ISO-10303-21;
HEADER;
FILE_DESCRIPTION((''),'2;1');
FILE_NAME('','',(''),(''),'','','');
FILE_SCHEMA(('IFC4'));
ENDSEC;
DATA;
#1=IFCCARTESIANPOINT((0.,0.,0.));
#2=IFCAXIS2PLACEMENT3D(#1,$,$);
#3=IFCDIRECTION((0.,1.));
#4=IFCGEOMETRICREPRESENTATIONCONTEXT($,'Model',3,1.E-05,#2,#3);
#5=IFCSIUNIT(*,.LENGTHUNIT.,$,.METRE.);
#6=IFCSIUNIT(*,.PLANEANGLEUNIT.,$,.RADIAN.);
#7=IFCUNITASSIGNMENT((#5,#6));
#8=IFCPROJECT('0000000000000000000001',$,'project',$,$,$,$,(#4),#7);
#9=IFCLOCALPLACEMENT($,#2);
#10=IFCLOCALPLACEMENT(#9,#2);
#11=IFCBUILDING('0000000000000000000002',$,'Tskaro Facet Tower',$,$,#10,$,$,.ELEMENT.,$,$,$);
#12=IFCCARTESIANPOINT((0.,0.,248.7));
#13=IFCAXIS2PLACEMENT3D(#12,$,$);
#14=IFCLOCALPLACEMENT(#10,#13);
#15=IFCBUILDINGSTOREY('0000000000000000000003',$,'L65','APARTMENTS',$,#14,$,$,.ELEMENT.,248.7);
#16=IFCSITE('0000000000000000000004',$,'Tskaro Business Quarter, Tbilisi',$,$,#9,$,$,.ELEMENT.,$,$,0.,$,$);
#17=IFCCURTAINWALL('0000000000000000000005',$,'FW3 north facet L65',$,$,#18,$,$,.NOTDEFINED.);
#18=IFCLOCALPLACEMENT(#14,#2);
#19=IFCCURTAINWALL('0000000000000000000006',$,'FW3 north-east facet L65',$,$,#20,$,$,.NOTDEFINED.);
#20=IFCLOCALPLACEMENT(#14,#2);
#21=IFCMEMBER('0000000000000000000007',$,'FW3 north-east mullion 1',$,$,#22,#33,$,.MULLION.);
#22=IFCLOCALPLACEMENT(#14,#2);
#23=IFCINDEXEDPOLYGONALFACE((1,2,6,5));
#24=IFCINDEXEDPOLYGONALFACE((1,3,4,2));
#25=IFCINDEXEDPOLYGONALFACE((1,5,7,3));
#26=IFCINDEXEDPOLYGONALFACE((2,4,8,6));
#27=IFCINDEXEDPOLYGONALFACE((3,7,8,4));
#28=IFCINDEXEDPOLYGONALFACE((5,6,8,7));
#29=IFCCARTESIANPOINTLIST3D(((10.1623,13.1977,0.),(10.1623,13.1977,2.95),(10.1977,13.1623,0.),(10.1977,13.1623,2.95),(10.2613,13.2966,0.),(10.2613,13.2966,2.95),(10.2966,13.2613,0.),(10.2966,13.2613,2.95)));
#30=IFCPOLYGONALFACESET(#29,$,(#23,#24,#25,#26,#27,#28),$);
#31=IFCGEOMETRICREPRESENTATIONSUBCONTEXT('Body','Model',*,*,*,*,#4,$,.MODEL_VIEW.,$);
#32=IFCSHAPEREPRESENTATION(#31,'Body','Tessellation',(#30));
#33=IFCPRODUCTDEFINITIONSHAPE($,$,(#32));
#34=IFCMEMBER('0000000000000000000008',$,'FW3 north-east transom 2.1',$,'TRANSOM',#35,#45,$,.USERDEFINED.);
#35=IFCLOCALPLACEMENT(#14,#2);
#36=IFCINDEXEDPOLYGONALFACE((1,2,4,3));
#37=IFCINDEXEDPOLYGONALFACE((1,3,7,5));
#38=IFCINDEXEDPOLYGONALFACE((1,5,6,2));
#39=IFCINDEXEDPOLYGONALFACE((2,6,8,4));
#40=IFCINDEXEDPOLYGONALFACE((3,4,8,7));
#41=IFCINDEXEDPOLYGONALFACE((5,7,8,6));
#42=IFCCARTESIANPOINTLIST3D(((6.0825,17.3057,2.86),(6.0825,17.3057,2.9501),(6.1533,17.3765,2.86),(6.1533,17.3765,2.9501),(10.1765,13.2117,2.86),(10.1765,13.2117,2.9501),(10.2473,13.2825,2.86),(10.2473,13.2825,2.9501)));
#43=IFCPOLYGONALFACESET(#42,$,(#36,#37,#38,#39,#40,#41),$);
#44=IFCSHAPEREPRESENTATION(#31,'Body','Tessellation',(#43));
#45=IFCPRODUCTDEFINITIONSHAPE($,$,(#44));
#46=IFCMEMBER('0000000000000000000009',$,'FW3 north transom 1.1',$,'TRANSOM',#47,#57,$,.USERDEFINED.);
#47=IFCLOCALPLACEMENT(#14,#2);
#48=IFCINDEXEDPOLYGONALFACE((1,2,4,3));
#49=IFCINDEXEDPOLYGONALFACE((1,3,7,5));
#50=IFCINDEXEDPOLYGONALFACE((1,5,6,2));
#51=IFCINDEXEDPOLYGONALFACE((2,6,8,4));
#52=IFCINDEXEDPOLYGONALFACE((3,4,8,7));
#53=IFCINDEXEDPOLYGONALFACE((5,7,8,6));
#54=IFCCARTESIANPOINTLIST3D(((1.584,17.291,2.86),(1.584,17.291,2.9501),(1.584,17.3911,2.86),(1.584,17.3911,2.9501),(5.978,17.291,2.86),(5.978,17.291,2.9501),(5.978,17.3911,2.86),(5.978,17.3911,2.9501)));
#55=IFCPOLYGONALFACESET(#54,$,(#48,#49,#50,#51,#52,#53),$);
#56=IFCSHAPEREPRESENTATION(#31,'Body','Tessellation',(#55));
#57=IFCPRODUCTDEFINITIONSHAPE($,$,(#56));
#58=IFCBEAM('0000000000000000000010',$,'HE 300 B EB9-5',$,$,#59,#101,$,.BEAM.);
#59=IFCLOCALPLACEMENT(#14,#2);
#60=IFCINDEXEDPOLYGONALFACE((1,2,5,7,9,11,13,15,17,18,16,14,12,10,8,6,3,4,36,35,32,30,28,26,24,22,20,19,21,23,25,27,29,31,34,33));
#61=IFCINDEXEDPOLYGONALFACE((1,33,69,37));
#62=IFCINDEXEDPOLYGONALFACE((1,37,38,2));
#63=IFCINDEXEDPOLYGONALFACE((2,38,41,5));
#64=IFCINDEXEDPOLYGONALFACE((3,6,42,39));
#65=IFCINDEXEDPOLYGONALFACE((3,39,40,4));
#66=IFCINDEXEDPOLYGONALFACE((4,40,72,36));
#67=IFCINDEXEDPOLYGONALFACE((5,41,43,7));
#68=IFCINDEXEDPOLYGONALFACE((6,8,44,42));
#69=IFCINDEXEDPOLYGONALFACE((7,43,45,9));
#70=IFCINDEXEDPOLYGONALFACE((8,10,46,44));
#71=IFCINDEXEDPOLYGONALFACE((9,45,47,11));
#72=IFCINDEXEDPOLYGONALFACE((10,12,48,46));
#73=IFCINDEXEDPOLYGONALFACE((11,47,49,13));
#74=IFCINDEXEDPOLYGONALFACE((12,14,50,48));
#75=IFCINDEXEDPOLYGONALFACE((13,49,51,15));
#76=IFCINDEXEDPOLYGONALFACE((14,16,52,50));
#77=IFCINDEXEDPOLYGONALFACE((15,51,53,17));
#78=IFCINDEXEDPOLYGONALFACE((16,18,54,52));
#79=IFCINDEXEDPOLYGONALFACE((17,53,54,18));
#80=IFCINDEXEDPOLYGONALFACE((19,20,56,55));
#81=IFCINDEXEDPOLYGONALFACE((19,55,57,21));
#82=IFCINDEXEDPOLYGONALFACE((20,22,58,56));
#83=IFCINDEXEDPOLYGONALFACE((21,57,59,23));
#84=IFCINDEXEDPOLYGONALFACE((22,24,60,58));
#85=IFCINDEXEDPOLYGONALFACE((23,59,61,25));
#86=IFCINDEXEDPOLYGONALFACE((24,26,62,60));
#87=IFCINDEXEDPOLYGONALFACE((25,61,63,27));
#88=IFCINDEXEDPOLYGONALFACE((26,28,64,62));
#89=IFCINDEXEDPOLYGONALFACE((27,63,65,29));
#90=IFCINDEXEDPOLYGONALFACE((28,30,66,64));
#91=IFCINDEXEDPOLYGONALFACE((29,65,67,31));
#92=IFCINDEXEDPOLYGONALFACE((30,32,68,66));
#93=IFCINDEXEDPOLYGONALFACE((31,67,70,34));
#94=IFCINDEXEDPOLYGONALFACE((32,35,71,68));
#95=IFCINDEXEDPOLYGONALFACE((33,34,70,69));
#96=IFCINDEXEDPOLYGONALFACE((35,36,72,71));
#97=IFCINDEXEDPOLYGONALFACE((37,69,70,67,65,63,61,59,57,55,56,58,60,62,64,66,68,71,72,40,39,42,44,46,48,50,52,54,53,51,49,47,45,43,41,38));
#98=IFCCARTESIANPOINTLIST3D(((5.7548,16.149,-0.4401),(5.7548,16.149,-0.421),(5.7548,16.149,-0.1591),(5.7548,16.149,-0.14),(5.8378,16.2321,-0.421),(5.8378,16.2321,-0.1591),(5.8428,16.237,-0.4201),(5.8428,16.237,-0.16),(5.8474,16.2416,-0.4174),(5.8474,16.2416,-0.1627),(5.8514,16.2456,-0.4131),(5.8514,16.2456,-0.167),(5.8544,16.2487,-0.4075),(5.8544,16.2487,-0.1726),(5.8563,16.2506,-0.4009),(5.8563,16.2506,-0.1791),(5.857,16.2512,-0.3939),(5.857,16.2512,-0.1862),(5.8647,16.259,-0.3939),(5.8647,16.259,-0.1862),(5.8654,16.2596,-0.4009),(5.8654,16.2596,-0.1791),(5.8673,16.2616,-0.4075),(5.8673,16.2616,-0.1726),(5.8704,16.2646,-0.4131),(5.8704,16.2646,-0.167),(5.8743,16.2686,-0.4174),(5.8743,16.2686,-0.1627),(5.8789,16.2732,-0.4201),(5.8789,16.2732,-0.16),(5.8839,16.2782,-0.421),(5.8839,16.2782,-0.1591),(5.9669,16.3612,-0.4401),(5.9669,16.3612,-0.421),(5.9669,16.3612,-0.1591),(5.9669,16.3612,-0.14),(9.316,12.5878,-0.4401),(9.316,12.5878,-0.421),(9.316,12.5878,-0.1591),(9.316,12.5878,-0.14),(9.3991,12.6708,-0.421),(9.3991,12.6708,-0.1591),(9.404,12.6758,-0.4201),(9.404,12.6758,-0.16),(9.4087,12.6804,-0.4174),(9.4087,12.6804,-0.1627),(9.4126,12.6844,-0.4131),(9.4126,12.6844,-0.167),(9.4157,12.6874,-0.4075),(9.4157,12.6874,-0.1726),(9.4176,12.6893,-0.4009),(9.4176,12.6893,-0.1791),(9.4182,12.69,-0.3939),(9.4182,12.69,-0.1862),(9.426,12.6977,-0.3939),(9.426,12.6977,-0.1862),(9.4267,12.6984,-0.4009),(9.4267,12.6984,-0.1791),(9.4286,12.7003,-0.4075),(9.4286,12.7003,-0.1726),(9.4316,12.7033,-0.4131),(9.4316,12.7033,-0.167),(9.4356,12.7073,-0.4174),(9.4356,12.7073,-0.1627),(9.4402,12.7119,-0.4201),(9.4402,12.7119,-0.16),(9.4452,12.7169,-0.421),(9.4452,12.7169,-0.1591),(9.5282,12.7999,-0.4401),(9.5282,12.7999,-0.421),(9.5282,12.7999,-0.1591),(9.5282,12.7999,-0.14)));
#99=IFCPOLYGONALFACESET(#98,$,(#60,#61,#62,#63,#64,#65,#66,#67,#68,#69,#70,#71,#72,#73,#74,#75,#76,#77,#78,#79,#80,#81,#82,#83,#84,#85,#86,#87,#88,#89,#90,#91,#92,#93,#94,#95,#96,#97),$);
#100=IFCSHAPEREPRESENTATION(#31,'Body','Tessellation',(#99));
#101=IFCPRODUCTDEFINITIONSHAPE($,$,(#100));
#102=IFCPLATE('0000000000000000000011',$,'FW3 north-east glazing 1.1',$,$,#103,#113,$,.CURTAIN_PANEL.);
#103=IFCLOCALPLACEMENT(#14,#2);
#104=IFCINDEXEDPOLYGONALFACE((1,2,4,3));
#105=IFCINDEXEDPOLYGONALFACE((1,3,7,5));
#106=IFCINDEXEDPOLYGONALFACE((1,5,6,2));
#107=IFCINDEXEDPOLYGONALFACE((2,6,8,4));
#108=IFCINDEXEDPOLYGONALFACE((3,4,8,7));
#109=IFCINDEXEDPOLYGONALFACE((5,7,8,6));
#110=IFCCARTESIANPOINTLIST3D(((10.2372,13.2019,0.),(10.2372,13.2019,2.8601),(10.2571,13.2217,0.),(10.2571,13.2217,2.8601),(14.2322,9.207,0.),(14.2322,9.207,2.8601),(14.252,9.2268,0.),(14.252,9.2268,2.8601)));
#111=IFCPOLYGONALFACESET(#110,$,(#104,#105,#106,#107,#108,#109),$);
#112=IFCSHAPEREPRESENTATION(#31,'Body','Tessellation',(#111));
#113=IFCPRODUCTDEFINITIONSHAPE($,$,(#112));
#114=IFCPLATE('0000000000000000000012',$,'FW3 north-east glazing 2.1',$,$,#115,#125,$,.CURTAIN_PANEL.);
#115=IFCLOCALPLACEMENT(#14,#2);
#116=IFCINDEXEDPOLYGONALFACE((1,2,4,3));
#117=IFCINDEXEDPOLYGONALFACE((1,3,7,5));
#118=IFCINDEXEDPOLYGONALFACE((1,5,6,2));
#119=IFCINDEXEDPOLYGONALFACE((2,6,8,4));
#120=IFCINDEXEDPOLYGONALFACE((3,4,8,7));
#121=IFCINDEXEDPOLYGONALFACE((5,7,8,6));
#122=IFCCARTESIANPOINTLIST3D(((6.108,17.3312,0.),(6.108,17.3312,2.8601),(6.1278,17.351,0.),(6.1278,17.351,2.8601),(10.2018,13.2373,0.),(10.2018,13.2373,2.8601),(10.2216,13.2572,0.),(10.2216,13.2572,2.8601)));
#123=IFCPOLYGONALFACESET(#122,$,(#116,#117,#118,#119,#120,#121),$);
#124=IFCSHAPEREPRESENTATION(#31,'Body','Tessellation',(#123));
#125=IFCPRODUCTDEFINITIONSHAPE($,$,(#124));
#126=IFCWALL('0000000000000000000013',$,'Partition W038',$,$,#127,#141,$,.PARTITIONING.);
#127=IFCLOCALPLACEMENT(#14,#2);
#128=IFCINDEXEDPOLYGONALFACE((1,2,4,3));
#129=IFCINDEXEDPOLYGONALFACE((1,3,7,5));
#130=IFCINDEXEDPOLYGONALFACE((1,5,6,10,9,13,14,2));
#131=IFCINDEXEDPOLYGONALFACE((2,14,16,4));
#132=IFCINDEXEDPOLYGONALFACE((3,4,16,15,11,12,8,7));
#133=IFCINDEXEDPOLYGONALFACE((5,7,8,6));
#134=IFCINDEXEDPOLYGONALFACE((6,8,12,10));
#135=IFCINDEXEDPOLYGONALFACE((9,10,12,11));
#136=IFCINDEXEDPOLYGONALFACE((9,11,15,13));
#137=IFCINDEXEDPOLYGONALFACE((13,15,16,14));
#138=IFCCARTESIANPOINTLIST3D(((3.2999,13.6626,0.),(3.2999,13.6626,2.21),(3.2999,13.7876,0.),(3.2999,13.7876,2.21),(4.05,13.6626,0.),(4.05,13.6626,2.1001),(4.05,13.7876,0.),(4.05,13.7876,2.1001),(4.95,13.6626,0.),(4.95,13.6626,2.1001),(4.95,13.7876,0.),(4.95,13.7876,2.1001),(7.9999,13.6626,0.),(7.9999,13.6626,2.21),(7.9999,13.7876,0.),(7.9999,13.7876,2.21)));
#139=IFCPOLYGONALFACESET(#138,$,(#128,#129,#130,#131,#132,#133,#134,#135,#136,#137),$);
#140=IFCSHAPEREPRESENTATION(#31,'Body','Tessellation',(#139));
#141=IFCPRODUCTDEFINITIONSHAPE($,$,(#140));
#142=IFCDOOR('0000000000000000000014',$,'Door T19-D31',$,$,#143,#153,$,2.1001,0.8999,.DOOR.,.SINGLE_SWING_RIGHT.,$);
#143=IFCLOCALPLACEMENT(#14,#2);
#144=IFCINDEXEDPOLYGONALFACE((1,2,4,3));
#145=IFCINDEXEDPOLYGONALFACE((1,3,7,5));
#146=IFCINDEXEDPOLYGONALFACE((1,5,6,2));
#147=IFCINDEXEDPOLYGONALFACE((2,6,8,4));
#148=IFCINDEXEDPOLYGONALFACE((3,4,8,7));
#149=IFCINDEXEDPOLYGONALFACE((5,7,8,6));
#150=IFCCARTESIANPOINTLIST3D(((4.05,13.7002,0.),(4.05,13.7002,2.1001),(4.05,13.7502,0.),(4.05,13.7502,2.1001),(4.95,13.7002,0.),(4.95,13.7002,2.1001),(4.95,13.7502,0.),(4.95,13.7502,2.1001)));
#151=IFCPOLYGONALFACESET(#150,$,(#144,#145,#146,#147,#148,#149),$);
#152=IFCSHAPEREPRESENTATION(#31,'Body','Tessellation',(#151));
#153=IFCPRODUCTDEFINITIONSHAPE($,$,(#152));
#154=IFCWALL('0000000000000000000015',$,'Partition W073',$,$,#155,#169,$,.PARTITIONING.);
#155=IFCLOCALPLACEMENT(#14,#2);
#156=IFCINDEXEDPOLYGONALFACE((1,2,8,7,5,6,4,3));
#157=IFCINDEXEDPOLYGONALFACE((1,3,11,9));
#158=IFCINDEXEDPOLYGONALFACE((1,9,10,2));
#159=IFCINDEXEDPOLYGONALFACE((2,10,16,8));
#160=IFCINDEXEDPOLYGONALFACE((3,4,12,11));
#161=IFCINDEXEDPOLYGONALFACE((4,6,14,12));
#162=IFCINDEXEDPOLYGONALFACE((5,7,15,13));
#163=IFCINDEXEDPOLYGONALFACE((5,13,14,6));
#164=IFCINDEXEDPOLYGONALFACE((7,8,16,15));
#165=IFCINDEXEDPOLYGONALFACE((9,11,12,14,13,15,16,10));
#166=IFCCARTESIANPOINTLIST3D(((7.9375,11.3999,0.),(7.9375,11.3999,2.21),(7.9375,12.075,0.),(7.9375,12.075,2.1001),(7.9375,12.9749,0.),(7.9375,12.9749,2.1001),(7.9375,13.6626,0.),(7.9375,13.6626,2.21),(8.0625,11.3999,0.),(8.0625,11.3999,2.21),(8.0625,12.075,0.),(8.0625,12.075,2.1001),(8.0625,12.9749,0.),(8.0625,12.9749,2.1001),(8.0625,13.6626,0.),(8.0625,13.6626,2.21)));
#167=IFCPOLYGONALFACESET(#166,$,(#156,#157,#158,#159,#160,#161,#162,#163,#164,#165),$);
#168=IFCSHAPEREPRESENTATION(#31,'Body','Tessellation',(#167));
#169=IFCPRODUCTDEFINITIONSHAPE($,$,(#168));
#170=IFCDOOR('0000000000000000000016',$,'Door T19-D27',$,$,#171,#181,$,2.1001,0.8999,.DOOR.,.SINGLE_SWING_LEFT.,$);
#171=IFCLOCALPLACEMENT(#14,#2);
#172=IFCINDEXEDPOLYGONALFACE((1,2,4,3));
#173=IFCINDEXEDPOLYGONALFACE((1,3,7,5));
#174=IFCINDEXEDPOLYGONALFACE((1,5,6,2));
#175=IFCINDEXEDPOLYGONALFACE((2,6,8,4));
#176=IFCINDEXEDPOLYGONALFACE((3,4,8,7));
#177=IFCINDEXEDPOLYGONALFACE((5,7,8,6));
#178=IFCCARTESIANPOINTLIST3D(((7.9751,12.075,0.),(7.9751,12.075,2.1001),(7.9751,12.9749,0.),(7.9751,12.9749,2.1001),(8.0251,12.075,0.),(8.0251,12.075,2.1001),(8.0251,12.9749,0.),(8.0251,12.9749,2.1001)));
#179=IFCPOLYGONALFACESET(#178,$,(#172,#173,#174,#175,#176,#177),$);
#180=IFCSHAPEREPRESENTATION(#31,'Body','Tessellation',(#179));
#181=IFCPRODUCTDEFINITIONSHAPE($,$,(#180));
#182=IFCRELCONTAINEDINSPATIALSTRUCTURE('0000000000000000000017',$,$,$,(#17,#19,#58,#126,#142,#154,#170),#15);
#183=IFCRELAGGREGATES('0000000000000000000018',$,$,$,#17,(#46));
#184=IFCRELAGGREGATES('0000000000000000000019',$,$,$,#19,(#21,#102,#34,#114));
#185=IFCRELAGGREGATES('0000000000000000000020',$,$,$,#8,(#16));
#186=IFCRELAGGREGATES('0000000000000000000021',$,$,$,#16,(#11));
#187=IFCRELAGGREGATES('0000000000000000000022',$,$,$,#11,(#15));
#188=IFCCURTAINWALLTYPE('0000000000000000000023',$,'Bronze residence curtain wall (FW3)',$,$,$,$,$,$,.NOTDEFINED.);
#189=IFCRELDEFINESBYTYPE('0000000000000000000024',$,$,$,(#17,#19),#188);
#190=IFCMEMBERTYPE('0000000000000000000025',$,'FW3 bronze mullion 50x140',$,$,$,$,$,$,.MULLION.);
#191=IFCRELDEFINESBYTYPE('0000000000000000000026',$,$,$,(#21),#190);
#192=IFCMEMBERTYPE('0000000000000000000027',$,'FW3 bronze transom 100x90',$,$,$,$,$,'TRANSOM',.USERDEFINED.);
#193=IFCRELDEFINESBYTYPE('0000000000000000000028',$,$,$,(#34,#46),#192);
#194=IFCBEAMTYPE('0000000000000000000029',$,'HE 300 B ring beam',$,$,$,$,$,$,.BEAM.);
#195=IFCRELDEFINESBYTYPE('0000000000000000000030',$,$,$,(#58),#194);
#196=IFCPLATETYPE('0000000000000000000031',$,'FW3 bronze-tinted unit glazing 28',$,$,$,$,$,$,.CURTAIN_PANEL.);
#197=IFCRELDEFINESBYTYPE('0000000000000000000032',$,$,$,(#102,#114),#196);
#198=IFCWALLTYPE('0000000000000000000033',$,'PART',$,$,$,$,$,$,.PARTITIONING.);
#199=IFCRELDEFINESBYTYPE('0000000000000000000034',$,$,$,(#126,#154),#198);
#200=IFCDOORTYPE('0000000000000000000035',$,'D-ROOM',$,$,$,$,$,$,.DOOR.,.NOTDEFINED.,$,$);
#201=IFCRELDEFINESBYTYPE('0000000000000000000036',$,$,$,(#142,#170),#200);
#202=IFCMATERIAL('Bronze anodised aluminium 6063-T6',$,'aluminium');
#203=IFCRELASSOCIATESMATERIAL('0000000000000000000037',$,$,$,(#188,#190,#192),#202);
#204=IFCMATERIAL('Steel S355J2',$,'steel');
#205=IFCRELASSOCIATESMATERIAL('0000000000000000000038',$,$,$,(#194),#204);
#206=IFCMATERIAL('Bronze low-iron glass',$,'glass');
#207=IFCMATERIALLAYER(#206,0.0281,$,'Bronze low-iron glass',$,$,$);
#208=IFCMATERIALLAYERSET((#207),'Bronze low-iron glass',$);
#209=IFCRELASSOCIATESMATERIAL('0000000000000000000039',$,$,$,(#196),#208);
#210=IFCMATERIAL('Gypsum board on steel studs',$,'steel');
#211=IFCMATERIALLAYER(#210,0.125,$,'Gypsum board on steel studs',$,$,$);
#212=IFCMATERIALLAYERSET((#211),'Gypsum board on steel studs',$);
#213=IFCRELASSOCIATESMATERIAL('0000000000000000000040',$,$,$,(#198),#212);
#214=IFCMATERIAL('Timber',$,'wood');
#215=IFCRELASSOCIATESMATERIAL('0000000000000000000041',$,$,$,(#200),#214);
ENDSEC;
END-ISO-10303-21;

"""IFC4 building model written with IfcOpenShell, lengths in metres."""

from ifc_helpers import new_model, si_unit, direction, frame, frame_2d, origin, origin_2d, place, context, subcontext, project, spatial, rectangle, i_section, extrude, material, layer, layer_set, material_profile, profile_set, type_object, element, fill, aggregate, save


model = new_model("IFC4")

# Units and contexts
model_context = context("Model", 3, precision=1e-05, world=origin(), true_north=direction((0.0, 1.0)))
body_context = subcontext(model_context, "Body", "Model", "MODEL_VIEW")
ifc_project = project(units=[si_unit("LENGTHUNIT", "METRE"), si_unit("PLANEANGLEUNIT", "RADIAN")], contexts=[model_context])

# Site, building, storey
site_placement = place(None, origin())
site = spatial("IfcSite", under=ifc_project, at=site_placement, Name="Tskaro Business Quarter, Tbilisi", CompositionType="ELEMENT", RefElevation=0.0)
building_placement = place(site_placement, origin())
building = spatial("IfcBuilding", under=site, at=building_placement, Name="Tskaro Facet Tower", CompositionType="ELEMENT")
storey_placement = place(building_placement, frame((0.0, 0.0, 248.7)))
storey = spatial("IfcBuildingStorey", under=building, at=storey_placement, Name="L65", Description="APARTMENTS", CompositionType="ELEMENT", Elevation=248.7)

# Shared definitions
ifc_material_1 = material(Name="Steel S355J2", Category="steel")

# Curtain wall
ifc_material_2 = material(Name="Bronze anodised aluminium 6063-T6", Category="aluminium")
curtain_wall_type = type_object("IfcCurtainWallType", Name="Bronze residence curtain wall (FW3)", PredefinedType="NOTDEFINED", material=ifc_material_2)
curtain_wall_1_placement = place(storey_placement, origin())
curtain_wall_1 = element("IfcCurtainWall", 1, at=curtain_wall_1_placement, inside=storey, type_object=curtain_wall_type, Name="FW3 north facet L65", PredefinedType="NOTDEFINED")

# Curtain wall, members
curtain_wall_2_placement = place(storey_placement, origin())
curtain_wall_2 = element("IfcCurtainWall", 2, at=curtain_wall_2_placement, inside=storey, type_object=curtain_wall_type, Name="FW3 north-east facet L65", PredefinedType="NOTDEFINED")
ifc_material_profile_1 = material_profile(ifc_material_2, rectangle(XDim=0.05, YDim=0.1399, at=origin_2d()), Name="Mullion 50x140")
ifc_profile_set_1 = profile_set([ifc_material_profile_1], Name="Bronze anodised aluminium 6063-T6")
member_type_1 = type_object("IfcMemberType", Name="FW3 bronze mullion 50x140", PredefinedType="MULLION", material=ifc_profile_set_1)
member_1_placement = place(storey_placement, frame((10.2295, 13.2295, 0.0), z_axis=(0.0, 0.0, 1.0), x_axis=(-0.707107, 0.707107, 0.0)))
member_1 = element("IfcMember", 3, at=member_1_placement, type_object=member_type_1, Name="FW3 north-east mullion 1", PredefinedType="MULLION", context=body_context, shape_type="SweptSolid", body=[
    extrude(rectangle(XDim=0.05, YDim=0.1399, at=origin_2d()), origin(), (0.0, 0.0, 1.0), 2.95),
])
ifc_material_profile_2 = material_profile(ifc_material_2, rectangle(XDim=0.1001, YDim=0.0901, at=origin_2d()), Name="Transom 100x90")
ifc_profile_set_2 = profile_set([ifc_material_profile_2], Name="Bronze anodised aluminium 6063-T6")
member_type_2 = type_object("IfcMemberType", Name="FW3 bronze transom 100x90", ElementType="TRANSOM", PredefinedType="USERDEFINED", material=ifc_profile_set_2)
member_2_placement = place(storey_placement, frame((10.2119, 13.2471, 2.905), z_axis=(-0.707107, 0.707107, 0.0), x_axis=(-0.707107, -0.707107, 0.0)))
member_2 = element("IfcMember", 4, at=member_2_placement, type_object=member_type_2, Name="FW3 north-east transom 2.1", ObjectType="TRANSOM", PredefinedType="USERDEFINED", context=body_context, shape_type="SweptSolid", body=[
    extrude(rectangle(XDim=0.1001, YDim=0.0901, at=origin_2d()), origin(), (0.0, 0.0, 1.0), 5.7898),
])

# Member
member_3_placement = place(storey_placement, frame((5.978, 17.3411, 2.905), z_axis=(-1.0, 0.0, 0.0), x_axis=(0.0, -1.0, 0.0)))
member_3 = element("IfcMember", 5, at=member_3_placement, type_object=member_type_2, Name="FW3 north transom 1.1", ObjectType="TRANSOM", PredefinedType="USERDEFINED", context=body_context, shape_type="SweptSolid", body=[
    extrude(rectangle(XDim=0.1001, YDim=0.0901, at=origin_2d()), origin(), (0.0, 0.0, 1.0), 4.394),
])
aggregate(curtain_wall_1, [member_3])

# Beam
ifc_material_profile_3 = material_profile(ifc_material_1, i_section(OverallWidth=0.3, OverallDepth=0.3, WebThickness=0.011, FlangeThickness=0.019, FilletRadius=0.0271, at=origin_2d()), Name="HE 300 B")
ifc_profile_set_3 = profile_set([ifc_material_profile_3], Name="Steel S355J2")
beam_type = type_object("IfcBeamType", Name="HE 300 B ring beam", PredefinedType="BEAM", material=ifc_profile_set_3)
beam_placement = place(storey_placement, frame((9.4221, 12.6938, -0.29), z_axis=(-0.707107, 0.707107, 0.0), x_axis=(-0.707107, -0.707107, 0.0)))
element("IfcBeam", 6, at=beam_placement, inside=storey, type_object=beam_type, Name="HE 300 B EB9-5", PredefinedType="BEAM", context=body_context, shape_type="SweptSolid", body=[
    extrude(i_section(OverallWidth=0.3, OverallDepth=0.3, WebThickness=0.011, FlangeThickness=0.019, FilletRadius=0.0271, at=origin_2d()), origin(), (0.0, 0.0, 1.0), 5.0364),
])

# Plates
ifc_material_3 = material(Name="Bronze low-iron glass", Category="glass")
ifc_layer_1 = layer(ifc_material_3, 0.0281, Name="Bronze low-iron glass")
ifc_layer_set_1 = layer_set([ifc_layer_1], Name="Bronze low-iron glass")
plate_type = type_object("IfcPlateType", Name="FW3 bronze-tinted unit glazing 28", PredefinedType="CURTAIN_PANEL", material=ifc_layer_set_1)
plate_1_placement = place(storey_placement, frame((12.2446, 11.2144, 0.0), z_axis=(0.0, 0.0, 1.0), x_axis=(-0.707107, 0.707107, 0.0)))
plate_1 = element("IfcPlate", 7, at=plate_1_placement, type_object=plate_type, Name="FW3 north-east glazing 1.1", PredefinedType="CURTAIN_PANEL", context=body_context, shape_type="SweptSolid", body=[
    extrude(rectangle(XDim=5.6497, YDim=0.0281, at=origin_2d()), origin(), (0.0, 0.0, 1.0), 2.8601),
])
plate_2_placement = place(storey_placement, frame((8.1648, 15.2942, 0.0), z_axis=(0.0, 0.0, 1.0), x_axis=(-0.707107, 0.707107, 0.0)))
plate_2 = element("IfcPlate", 8, at=plate_2_placement, type_object=plate_type, Name="FW3 north-east glazing 2.1", PredefinedType="CURTAIN_PANEL", context=body_context, shape_type="SweptSolid", body=[
    extrude(rectangle(XDim=5.7896, YDim=0.0281, at=origin_2d()), origin(), (0.0, 0.0, 1.0), 2.8601),
])
aggregate(curtain_wall_2, [member_1, plate_1, member_2, plate_2])

# Walls, openings, doors
ifc_material_4 = material(Name="Gypsum board on steel studs", Category="steel")
ifc_layer_2 = layer(ifc_material_4, 0.125, Name="Gypsum board on steel studs")
ifc_layer_set_2 = layer_set([ifc_layer_2], Name="Gypsum board on steel studs")
wall_type_1 = type_object("IfcWallType", Name="PART", PredefinedType="PARTITIONING", material=ifc_layer_set_2)
wall_1_placement = place(storey_placement, frame((8.0, 13.7251, 0.0), z_axis=(0.0, 0.0, 1.0), x_axis=(-1.0, 0.0, 0.0)))
wall_1 = element("IfcWall", 9, at=wall_1_placement, inside=storey, type_object=wall_type_1, Name="Partition W038", PredefinedType="PARTITIONING", context=body_context, shape_type="SweptSolid", body=[
    extrude(rectangle(XDim=4.7, YDim=0.125, at=frame_2d((2.3501, 0.0))), origin(), (0.0, 0.0, 1.0), 2.21),
])
opening_1_placement = place(wall_1_placement, frame((3.05, 0.0, 0.0)))
opening_1 = element("IfcOpeningElement", 10, at=opening_1_placement, cuts=wall_1, PredefinedType="OPENING", context=body_context, shape_type="SweptSolid", body=[
    extrude(rectangle(XDim=0.8999, YDim=2.1001, at=frame_2d((0.45, 1.05))), frame((0.0, 0.0725, 0.0), z_axis=(0.0, -1.0, 0.0), x_axis=(1.0, 0.0, 0.0)), (0.0, 0.0, 1.0), 0.145),
])
ifc_material_5 = material(Name="Timber", Category="wood")
door_type_1 = type_object("IfcDoorType", Name="D-ROOM", OperationType="NOTDEFINED", PredefinedType="DOOR", material=ifc_material_5)
door_1_placement = place(opening_1_placement, origin())
door_1 = element("IfcDoor", 11, at=door_1_placement, inside=storey, type_object=door_type_1, Name="Door T19-D31", OperationType="SINGLE_SWING_RIGHT", OverallHeight=2.1001, OverallWidth=0.8999, PredefinedType="DOOR", context=body_context, shape_type="SweptSolid", body=[
    extrude(rectangle(XDim=0.8999, YDim=2.1001, at=frame_2d((0.45, 1.05))), frame((0.0, 0.0249, 0.0), z_axis=(0.0, -1.0, 0.0), x_axis=(1.0, 0.0, 0.0)), (0.0, 0.0, 1.0), 0.05),
])
fill(opening_1, door_1)
wall_2_placement = place(storey_placement, frame((8.0, 11.3999, 0.0), z_axis=(0.0, 0.0, 1.0), x_axis=(0.0, 1.0, 0.0)))
wall_2 = element("IfcWall", 12, at=wall_2_placement, inside=storey, type_object=wall_type_1, Name="Partition W073", PredefinedType="PARTITIONING", context=body_context, shape_type="SweptSolid", body=[
    extrude(rectangle(XDim=2.2627, YDim=0.125, at=frame_2d((1.1313, 0.0))), origin(), (0.0, 0.0, 1.0), 2.21),
])
opening_2_placement = place(wall_2_placement, frame((0.675, 0.0, 0.0)))
opening_2 = element("IfcOpeningElement", 13, at=opening_2_placement, cuts=wall_2, PredefinedType="OPENING", context=body_context, shape_type="SweptSolid", body=[
    extrude(rectangle(XDim=0.8999, YDim=2.1001, at=frame_2d((0.45, 1.05))), frame((0.0, 0.0725, 0.0), z_axis=(0.0, -1.0, 0.0), x_axis=(1.0, 0.0, 0.0)), (0.0, 0.0, 1.0), 0.145),
])
door_2_placement = place(opening_2_placement, origin())
door_2 = element("IfcDoor", 14, at=door_2_placement, inside=storey, type_object=door_type_1, Name="Door T19-D27", OperationType="SINGLE_SWING_LEFT", OverallHeight=2.1001, OverallWidth=0.8999, PredefinedType="DOOR", context=body_context, shape_type="SweptSolid", body=[
    extrude(rectangle(XDim=0.8999, YDim=2.1001, at=frame_2d((0.45, 1.05))), frame((0.0, 0.0249, 0.0), z_axis=(0.0, -1.0, 0.0), x_axis=(1.0, 0.0, 0.0)), (0.0, 0.0, 1.0), 0.05),
])
fill(opening_2, door_2)

save(model, "model.ifc")
